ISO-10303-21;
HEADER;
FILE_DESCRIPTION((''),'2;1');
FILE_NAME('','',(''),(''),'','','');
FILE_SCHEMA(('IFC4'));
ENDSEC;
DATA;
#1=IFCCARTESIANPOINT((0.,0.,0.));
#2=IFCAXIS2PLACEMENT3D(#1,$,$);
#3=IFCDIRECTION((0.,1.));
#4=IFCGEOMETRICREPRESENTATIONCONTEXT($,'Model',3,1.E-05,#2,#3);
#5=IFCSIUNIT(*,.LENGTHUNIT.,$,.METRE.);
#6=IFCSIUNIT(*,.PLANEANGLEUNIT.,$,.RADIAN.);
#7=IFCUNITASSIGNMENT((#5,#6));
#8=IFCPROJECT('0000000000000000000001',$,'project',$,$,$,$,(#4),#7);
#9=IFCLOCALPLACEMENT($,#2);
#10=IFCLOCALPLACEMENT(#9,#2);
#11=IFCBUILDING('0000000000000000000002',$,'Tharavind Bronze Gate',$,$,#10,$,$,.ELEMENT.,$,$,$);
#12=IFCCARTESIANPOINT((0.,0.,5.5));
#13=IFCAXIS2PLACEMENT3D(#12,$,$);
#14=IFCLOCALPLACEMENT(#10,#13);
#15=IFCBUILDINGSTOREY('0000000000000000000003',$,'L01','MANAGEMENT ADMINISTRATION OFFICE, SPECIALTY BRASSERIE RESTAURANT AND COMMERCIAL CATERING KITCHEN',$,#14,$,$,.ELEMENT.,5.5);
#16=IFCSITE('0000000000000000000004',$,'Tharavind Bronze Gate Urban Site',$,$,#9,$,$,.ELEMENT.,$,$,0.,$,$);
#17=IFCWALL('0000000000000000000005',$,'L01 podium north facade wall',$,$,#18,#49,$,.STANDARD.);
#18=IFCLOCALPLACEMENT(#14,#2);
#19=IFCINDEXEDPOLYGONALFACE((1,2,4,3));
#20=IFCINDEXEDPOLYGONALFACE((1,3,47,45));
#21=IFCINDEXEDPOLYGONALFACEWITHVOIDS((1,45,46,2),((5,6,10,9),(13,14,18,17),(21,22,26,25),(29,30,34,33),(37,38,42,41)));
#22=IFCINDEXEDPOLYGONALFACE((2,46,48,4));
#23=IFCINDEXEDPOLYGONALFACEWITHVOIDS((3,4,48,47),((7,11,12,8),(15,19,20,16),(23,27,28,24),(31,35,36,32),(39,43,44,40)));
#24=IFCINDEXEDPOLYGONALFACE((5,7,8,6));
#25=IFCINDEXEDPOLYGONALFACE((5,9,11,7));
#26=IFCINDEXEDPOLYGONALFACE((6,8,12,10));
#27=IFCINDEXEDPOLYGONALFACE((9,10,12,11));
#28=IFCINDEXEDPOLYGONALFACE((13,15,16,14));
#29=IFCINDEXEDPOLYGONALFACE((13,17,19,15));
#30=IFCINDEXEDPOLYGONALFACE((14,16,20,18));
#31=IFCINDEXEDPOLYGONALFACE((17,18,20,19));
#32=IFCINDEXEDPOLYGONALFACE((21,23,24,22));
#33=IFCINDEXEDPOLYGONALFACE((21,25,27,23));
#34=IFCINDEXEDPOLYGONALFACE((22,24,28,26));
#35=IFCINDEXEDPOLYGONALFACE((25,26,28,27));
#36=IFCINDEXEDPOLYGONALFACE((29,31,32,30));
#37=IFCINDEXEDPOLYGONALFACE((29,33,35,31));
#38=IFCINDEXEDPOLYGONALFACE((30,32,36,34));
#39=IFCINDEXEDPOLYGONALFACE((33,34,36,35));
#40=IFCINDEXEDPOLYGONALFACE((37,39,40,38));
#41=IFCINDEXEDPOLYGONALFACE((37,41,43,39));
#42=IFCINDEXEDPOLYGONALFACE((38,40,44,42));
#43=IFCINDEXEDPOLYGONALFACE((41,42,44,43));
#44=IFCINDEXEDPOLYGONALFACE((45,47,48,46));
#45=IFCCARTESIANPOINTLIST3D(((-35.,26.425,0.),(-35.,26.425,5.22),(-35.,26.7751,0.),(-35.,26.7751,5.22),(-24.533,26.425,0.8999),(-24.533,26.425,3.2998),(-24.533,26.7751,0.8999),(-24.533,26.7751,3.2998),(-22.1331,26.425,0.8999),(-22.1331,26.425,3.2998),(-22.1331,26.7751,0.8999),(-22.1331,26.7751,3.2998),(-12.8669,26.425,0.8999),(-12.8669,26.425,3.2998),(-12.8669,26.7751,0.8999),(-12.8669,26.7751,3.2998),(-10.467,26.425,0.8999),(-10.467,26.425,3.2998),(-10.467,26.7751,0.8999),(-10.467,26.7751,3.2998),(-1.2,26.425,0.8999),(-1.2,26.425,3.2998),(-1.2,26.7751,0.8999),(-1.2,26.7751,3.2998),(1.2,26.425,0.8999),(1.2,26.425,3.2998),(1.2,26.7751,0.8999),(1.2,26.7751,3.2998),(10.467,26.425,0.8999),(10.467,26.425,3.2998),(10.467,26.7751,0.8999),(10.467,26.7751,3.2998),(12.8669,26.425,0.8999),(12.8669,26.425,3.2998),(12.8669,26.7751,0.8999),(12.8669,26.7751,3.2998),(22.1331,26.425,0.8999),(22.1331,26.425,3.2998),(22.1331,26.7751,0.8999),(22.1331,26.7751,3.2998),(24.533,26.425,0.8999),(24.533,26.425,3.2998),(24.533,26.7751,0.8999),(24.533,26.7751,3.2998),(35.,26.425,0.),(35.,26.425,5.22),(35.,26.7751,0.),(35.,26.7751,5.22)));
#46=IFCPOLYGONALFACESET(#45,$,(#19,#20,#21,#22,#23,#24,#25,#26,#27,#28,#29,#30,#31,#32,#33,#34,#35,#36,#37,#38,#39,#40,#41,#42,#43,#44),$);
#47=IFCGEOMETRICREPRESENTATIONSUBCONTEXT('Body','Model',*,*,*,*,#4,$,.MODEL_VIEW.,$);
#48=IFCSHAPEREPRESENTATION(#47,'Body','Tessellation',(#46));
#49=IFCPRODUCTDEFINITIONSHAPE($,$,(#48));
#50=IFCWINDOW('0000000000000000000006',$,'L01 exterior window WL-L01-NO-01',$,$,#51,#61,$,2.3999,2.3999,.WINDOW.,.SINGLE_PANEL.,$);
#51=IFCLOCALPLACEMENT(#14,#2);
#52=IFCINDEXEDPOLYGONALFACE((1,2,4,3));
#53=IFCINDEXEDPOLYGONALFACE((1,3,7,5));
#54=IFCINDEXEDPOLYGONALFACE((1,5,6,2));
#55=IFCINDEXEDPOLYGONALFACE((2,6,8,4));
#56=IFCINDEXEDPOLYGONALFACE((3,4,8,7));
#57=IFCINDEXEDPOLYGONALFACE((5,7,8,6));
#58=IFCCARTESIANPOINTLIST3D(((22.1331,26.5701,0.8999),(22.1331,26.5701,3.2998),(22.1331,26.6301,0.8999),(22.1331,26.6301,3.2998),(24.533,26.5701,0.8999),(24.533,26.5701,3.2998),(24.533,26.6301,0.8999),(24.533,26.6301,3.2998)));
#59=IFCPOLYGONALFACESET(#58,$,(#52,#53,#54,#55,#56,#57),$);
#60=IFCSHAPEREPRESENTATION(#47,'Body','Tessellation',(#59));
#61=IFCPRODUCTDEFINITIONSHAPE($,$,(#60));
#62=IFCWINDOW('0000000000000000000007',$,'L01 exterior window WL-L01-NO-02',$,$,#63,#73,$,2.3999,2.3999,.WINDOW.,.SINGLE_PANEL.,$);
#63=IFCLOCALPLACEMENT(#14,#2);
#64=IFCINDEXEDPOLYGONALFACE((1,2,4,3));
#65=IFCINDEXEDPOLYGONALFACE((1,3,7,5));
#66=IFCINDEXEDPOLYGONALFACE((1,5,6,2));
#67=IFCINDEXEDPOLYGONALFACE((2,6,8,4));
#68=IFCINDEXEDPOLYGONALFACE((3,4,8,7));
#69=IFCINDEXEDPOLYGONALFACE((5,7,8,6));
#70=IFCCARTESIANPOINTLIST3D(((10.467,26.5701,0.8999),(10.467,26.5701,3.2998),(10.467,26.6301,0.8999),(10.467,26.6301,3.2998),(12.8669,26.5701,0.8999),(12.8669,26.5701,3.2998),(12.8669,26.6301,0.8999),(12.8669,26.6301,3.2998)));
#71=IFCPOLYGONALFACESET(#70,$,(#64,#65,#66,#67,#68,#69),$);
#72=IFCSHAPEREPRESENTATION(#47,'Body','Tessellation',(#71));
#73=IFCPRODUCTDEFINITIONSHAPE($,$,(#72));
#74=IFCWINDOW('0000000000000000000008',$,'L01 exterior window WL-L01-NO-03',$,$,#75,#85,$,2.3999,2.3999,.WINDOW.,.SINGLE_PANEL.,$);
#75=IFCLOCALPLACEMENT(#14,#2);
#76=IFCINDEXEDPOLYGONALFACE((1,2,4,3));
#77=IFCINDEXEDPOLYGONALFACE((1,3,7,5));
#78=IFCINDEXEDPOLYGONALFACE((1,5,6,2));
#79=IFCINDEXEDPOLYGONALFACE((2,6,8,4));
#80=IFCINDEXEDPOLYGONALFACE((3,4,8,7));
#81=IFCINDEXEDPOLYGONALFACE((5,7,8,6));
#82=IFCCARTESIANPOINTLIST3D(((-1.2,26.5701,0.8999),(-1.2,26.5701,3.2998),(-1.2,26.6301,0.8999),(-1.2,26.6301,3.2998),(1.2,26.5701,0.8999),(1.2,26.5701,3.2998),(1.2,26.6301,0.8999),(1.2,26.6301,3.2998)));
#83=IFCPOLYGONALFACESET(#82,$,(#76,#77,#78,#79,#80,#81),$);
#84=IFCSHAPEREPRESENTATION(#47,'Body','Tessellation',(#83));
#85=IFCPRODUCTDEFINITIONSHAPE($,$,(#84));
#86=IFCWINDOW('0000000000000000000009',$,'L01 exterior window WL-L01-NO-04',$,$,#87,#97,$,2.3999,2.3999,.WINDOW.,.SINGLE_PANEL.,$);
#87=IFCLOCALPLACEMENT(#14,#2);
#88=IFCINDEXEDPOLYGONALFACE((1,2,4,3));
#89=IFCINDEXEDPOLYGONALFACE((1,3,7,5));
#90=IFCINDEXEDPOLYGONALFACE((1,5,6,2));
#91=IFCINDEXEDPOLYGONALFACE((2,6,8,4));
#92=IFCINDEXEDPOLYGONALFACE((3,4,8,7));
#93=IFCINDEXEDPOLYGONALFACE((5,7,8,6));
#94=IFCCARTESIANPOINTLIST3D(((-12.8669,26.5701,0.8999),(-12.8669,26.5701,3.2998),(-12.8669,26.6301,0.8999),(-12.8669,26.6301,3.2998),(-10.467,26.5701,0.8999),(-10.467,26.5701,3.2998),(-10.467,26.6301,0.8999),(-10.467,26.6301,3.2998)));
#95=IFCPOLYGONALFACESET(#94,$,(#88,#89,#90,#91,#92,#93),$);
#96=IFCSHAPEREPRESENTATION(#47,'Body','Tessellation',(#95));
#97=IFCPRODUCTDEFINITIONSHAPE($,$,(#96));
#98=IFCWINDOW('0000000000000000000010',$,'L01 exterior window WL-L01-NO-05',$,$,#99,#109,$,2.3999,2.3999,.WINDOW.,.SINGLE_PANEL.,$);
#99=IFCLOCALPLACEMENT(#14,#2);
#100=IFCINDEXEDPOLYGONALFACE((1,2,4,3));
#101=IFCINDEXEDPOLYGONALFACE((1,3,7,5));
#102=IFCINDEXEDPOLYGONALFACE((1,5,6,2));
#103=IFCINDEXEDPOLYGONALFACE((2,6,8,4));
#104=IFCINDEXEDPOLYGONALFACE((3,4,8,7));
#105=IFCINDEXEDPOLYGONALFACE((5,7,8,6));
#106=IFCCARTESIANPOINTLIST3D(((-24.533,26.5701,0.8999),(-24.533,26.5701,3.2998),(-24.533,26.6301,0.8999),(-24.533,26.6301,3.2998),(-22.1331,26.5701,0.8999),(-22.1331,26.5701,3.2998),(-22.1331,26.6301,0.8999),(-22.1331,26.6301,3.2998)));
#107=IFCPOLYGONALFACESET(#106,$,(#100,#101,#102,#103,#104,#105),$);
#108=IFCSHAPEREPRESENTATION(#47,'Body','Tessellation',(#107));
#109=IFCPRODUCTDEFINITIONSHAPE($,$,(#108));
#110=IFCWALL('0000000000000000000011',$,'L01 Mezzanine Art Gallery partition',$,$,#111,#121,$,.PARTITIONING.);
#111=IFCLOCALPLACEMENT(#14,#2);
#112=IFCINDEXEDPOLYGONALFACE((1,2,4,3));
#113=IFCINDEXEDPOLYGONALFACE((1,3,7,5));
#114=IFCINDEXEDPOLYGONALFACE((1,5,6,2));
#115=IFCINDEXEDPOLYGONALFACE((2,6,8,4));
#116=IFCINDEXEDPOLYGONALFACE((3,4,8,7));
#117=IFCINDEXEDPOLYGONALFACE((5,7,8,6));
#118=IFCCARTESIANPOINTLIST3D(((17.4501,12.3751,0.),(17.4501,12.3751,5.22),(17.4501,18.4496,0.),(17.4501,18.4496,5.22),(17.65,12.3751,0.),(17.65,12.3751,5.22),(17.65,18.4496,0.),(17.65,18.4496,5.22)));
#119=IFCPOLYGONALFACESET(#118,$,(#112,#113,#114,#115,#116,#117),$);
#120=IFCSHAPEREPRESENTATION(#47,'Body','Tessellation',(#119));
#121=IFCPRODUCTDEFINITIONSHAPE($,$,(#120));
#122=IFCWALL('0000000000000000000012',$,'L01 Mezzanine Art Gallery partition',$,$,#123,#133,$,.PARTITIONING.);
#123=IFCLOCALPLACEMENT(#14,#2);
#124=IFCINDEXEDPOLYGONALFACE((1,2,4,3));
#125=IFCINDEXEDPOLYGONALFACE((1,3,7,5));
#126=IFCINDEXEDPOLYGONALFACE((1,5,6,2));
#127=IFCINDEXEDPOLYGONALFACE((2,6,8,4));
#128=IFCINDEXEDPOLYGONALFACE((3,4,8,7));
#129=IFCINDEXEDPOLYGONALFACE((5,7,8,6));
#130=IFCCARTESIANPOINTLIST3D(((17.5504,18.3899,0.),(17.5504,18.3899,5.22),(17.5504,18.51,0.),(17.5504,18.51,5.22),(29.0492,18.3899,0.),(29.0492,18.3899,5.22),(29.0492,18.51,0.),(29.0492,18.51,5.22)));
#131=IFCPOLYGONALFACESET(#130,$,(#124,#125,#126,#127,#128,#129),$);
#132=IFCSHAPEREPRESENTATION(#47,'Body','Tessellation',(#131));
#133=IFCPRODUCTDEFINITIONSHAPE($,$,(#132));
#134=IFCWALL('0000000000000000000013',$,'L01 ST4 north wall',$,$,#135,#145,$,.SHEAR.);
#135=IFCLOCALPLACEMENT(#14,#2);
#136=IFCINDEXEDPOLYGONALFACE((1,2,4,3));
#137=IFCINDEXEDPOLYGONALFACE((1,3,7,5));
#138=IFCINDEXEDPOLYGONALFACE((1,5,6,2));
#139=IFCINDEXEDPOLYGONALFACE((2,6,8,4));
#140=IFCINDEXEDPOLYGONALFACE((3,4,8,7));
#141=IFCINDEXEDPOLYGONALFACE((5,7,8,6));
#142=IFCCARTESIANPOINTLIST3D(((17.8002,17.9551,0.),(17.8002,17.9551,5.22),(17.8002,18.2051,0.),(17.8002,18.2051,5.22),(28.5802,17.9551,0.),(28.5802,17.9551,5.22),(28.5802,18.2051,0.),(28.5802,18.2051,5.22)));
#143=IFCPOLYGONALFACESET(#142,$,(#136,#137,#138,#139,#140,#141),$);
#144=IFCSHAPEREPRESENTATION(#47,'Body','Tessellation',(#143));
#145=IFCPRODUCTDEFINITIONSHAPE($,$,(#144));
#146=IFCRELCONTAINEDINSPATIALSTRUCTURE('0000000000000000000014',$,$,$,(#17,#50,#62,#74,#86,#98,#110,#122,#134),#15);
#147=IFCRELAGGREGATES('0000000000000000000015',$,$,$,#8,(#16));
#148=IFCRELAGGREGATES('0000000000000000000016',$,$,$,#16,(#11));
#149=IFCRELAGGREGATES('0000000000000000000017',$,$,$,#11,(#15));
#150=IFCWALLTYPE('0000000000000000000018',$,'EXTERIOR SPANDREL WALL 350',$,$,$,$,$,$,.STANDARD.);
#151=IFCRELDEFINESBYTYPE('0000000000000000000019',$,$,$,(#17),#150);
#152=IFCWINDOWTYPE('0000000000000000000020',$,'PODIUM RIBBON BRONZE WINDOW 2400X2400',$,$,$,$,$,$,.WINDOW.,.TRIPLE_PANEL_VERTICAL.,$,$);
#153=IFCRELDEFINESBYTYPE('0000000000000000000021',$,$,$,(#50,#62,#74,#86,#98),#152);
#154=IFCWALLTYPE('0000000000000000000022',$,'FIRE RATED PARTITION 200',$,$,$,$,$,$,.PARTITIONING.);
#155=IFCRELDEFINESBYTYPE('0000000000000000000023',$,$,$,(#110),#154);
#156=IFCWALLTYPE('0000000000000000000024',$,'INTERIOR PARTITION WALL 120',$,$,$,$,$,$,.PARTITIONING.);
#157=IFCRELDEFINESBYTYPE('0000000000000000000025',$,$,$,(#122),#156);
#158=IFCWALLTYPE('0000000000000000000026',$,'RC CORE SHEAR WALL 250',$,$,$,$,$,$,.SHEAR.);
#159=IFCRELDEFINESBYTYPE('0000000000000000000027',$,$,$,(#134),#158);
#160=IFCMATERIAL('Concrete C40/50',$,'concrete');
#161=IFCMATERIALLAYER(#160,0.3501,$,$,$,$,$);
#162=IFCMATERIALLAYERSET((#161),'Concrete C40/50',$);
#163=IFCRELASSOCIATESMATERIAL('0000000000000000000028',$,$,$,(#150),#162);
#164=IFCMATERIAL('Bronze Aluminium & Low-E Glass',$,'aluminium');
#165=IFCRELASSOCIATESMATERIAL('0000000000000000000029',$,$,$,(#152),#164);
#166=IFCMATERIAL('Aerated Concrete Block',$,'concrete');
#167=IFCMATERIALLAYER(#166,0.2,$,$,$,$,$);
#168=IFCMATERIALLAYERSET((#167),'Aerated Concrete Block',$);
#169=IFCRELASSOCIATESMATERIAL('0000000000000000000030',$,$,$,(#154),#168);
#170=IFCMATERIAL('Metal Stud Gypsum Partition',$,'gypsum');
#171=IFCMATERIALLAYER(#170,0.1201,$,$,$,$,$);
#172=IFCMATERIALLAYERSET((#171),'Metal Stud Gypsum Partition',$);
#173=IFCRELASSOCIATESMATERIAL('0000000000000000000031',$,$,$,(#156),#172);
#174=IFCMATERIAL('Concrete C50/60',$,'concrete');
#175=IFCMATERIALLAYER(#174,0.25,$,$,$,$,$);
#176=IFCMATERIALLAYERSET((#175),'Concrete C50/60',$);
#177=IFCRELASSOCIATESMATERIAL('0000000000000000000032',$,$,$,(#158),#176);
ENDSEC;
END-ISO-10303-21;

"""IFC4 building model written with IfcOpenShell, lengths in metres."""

from ifc_helpers import new_model, si_unit, direction, frame, frame_2d, origin, place, context, subcontext, project, spatial, rectangle, extrude, material, layer, layer_set, type_object, element, fill, save


model = new_model("IFC4")

# Units and contexts
model_context = context("Model", 3, precision=1e-05, world=origin(), true_north=direction((0.0, 1.0)))
body_context = subcontext(model_context, "Body", "Model", "MODEL_VIEW")
ifc_project = project(units=[si_unit("LENGTHUNIT", "METRE"), si_unit("PLANEANGLEUNIT", "RADIAN")], contexts=[model_context])

# Site, building, storey
site_placement = place(None, origin())
site = spatial("IfcSite", under=ifc_project, at=site_placement, Name="Tharavind Bronze Gate Urban Site", CompositionType="ELEMENT", RefElevation=0.0)
building_placement = place(site_placement, origin())
building = spatial("IfcBuilding", under=site, at=building_placement, Name="Tharavind Bronze Gate", CompositionType="ELEMENT")
storey_placement = place(building_placement, frame((0.0, 0.0, 5.5)))
storey = spatial("IfcBuildingStorey", under=building, at=storey_placement, Name="L01", Description="MANAGEMENT ADMINISTRATION OFFICE, SPECIALTY BRASSERIE RESTAURANT AND COMMERCIAL CATERING KITCHEN", CompositionType="ELEMENT", Elevation=5.5)

# Wall, openings, windows
ifc_material_1 = material(Name="Concrete C40/50", Category="concrete")
ifc_layer_1 = layer(ifc_material_1, 0.3501)
ifc_layer_set_1 = layer_set([ifc_layer_1], Name="Concrete C40/50")
wall_type_1 = type_object("IfcWallType", Name="EXTERIOR SPANDREL WALL 350", PredefinedType="STANDARD", material=ifc_layer_set_1)
wall_1_placement = place(storey_placement, frame((35.0, 26.6001, 0.0), z_axis=(0.0, 0.0, 1.0), x_axis=(-1.0, 0.0, 0.0)))
wall_1 = element("IfcWall", 1, at=wall_1_placement, inside=storey, type_object=wall_type_1, Name="L01 podium north facade wall", PredefinedType="STANDARD", context=body_context, shape_type="SweptSolid", body=[
    extrude(rectangle(XDim=70.0, YDim=0.3501, at=frame_2d((35.0, 0.0))), origin(), (0.0, 0.0, 1.0), 5.22),
])
opening_1_placement = place(wall_1_placement, frame((10.467, 0.0, 0.8999)))
opening_1 = element("IfcOpeningElement", 2, at=opening_1_placement, cuts=wall_1, PredefinedType="OPENING", context=body_context, shape_type="SweptSolid", body=[
    extrude(rectangle(XDim=2.3999, YDim=2.3999, at=frame_2d((1.2, 1.2))), frame((0.0, 0.185, 0.0), z_axis=(0.0, -1.0, 0.0), x_axis=(1.0, 0.0, 0.0)), (0.0, 0.0, 1.0), 0.3701),
])
opening_2_placement = place(wall_1_placement, frame((22.1331, 0.0, 0.8999)))
opening_2 = element("IfcOpeningElement", 3, at=opening_2_placement, cuts=wall_1, PredefinedType="OPENING", context=body_context, shape_type="SweptSolid", body=[
    extrude(rectangle(XDim=2.3999, YDim=2.3999, at=frame_2d((1.2, 1.2))), frame((0.0, 0.185, 0.0), z_axis=(0.0, -1.0, 0.0), x_axis=(1.0, 0.0, 0.0)), (0.0, 0.0, 1.0), 0.3701),
])
opening_3_placement = place(wall_1_placement, frame((33.8, 0.0, 0.8999)))
opening_3 = element("IfcOpeningElement", 4, at=opening_3_placement, cuts=wall_1, PredefinedType="OPENING", context=body_context, shape_type="SweptSolid", body=[
    extrude(rectangle(XDim=2.3999, YDim=2.3999, at=frame_2d((1.2, 1.2))), frame((0.0, 0.185, 0.0), z_axis=(0.0, -1.0, 0.0), x_axis=(1.0, 0.0, 0.0)), (0.0, 0.0, 1.0), 0.3701),
])
opening_4_placement = place(wall_1_placement, frame((45.467, 0.0, 0.8999)))
opening_4 = element("IfcOpeningElement", 5, at=opening_4_placement, cuts=wall_1, PredefinedType="OPENING", context=body_context, shape_type="SweptSolid", body=[
    extrude(rectangle(XDim=2.3999, YDim=2.3999, at=frame_2d((1.2, 1.2))), frame((0.0, 0.185, 0.0), z_axis=(0.0, -1.0, 0.0), x_axis=(1.0, 0.0, 0.0)), (0.0, 0.0, 1.0), 0.3701),
])
opening_5_placement = place(wall_1_placement, frame((57.1331, 0.0, 0.8999)))
opening_5 = element("IfcOpeningElement", 6, at=opening_5_placement, cuts=wall_1, PredefinedType="OPENING", context=body_context, shape_type="SweptSolid", body=[
    extrude(rectangle(XDim=2.3999, YDim=2.3999, at=frame_2d((1.2, 1.2))), frame((0.0, 0.185, 0.0), z_axis=(0.0, -1.0, 0.0), x_axis=(1.0, 0.0, 0.0)), (0.0, 0.0, 1.0), 0.3701),
])
ifc_material_2 = material(Name="Bronze Aluminium & Low-E Glass", Category="aluminium")
window_type = type_object("IfcWindowType", Name="PODIUM RIBBON BRONZE WINDOW 2400X2400", PartitioningType="TRIPLE_PANEL_VERTICAL", PredefinedType="WINDOW", material=ifc_material_2)
window_1_placement = place(opening_1_placement, origin())
window_1 = element("IfcWindow", 7, at=window_1_placement, inside=storey, type_object=window_type, Name="L01 exterior window WL-L01-NO-01", OverallHeight=2.3999, OverallWidth=2.3999, PartitioningType="SINGLE_PANEL", PredefinedType="WINDOW", context=body_context, shape_type="SweptSolid", body=[
    extrude(rectangle(XDim=2.3999, YDim=2.3999, at=frame_2d((1.2, 1.2))), frame((0.0, 0.03, 0.0), z_axis=(0.0, -1.0, 0.0), x_axis=(1.0, 0.0, 0.0)), (0.0, 0.0, 1.0), 0.0601),
])
fill(opening_1, window_1)
window_2_placement = place(opening_2_placement, origin())
window_2 = element("IfcWindow", 8, at=window_2_placement, inside=storey, type_object=window_type, Name="L01 exterior window WL-L01-NO-02", OverallHeight=2.3999, OverallWidth=2.3999, PartitioningType="SINGLE_PANEL", PredefinedType="WINDOW", context=body_context, shape_type="SweptSolid", body=[
    extrude(rectangle(XDim=2.3999, YDim=2.3999, at=frame_2d((1.2, 1.2))), frame((0.0, 0.03, 0.0), z_axis=(0.0, -1.0, 0.0), x_axis=(1.0, 0.0, 0.0)), (0.0, 0.0, 1.0), 0.0601),
])
fill(opening_2, window_2)
window_3_placement = place(opening_3_placement, origin())
window_3 = element("IfcWindow", 9, at=window_3_placement, inside=storey, type_object=window_type, Name="L01 exterior window WL-L01-NO-03", OverallHeight=2.3999, OverallWidth=2.3999, PartitioningType="SINGLE_PANEL", PredefinedType="WINDOW", context=body_context, shape_type="SweptSolid", body=[
    extrude(rectangle(XDim=2.3999, YDim=2.3999, at=frame_2d((1.2, 1.2))), frame((0.0, 0.03, 0.0), z_axis=(0.0, -1.0, 0.0), x_axis=(1.0, 0.0, 0.0)), (0.0, 0.0, 1.0), 0.0601),
])
fill(opening_3, window_3)
window_4_placement = place(opening_4_placement, origin())
window_4 = element("IfcWindow", 10, at=window_4_placement, inside=storey, type_object=window_type, Name="L01 exterior window WL-L01-NO-04", OverallHeight=2.3999, OverallWidth=2.3999, PartitioningType="SINGLE_PANEL", PredefinedType="WINDOW", context=body_context, shape_type="SweptSolid", body=[
    extrude(rectangle(XDim=2.3999, YDim=2.3999, at=frame_2d((1.2, 1.2))), frame((0.0, 0.03, 0.0), z_axis=(0.0, -1.0, 0.0), x_axis=(1.0, 0.0, 0.0)), (0.0, 0.0, 1.0), 0.0601),
])
fill(opening_4, window_4)
window_5_placement = place(opening_5_placement, origin())
window_5 = element("IfcWindow", 11, at=window_5_placement, inside=storey, type_object=window_type, Name="L01 exterior window WL-L01-NO-05", OverallHeight=2.3999, OverallWidth=2.3999, PartitioningType="SINGLE_PANEL", PredefinedType="WINDOW", context=body_context, shape_type="SweptSolid", body=[
    extrude(rectangle(XDim=2.3999, YDim=2.3999, at=frame_2d((1.2, 1.2))), frame((0.0, 0.03, 0.0), z_axis=(0.0, -1.0, 0.0), x_axis=(1.0, 0.0, 0.0)), (0.0, 0.0, 1.0), 0.0601),
])
fill(opening_5, window_5)

# Walls
ifc_material_3 = material(Name="Aerated Concrete Block", Category="concrete")
ifc_layer_2 = layer(ifc_material_3, 0.2)
ifc_layer_set_2 = layer_set([ifc_layer_2], Name="Aerated Concrete Block")
wall_type_2 = type_object("IfcWallType", Name="FIRE RATED PARTITION 200", PredefinedType="PARTITIONING", material=ifc_layer_set_2)
wall_2_placement = place(storey_placement, frame((17.55, 18.4495, 0.0), z_axis=(0.0, 0.0, 1.0), x_axis=(0.0, -1.0, 0.0)))
element("IfcWall", 12, at=wall_2_placement, inside=storey, type_object=wall_type_2, Name="L01 Mezzanine Art Gallery partition", PredefinedType="PARTITIONING", context=body_context, shape_type="SweptSolid", body=[
    extrude(rectangle(XDim=6.0745, YDim=0.2, at=frame_2d((3.0371, 0.0))), origin(), (0.0, 0.0, 1.0), 5.22),
])
ifc_material_4 = material(Name="Metal Stud Gypsum Partition", Category="gypsum")
ifc_layer_3 = layer(ifc_material_4, 0.1201)
ifc_layer_set_3 = layer_set([ifc_layer_3], Name="Metal Stud Gypsum Partition")
wall_type_3 = type_object("IfcWallType", Name="INTERIOR PARTITION WALL 120", PredefinedType="PARTITIONING", material=ifc_layer_set_3)
wall_3_placement = place(storey_placement, frame((29.0493, 18.45, 0.0), z_axis=(0.0, 0.0, 1.0), x_axis=(-1.0, 0.0, 0.0)))
element("IfcWall", 13, at=wall_3_placement, inside=storey, type_object=wall_type_3, Name="L01 Mezzanine Art Gallery partition", PredefinedType="PARTITIONING", context=body_context, shape_type="SweptSolid", body=[
    extrude(rectangle(XDim=11.4988, YDim=0.1201, at=frame_2d((5.7495, 0.0))), origin(), (0.0, 0.0, 1.0), 5.22),
])
ifc_material_5 = material(Name="Concrete C50/60", Category="concrete")
ifc_layer_4 = layer(ifc_material_5, 0.25)
ifc_layer_set_4 = layer_set([ifc_layer_4], Name="Concrete C50/60")
wall_type_4 = type_object("IfcWallType", Name="RC CORE SHEAR WALL 250", PredefinedType="SHEAR", material=ifc_layer_set_4)
wall_4_placement = place(storey_placement, frame((17.8, 18.0801, 0.0), z_axis=(0.0, 0.0, 1.0), x_axis=(1.0, 0.0, 0.0)))
element("IfcWall", 14, at=wall_4_placement, inside=storey, type_object=wall_type_4, Name="L01 ST4 north wall", PredefinedType="SHEAR", context=body_context, shape_type="SweptSolid", body=[
    extrude(rectangle(XDim=10.78, YDim=0.25, at=frame_2d((5.3901, 0.0))), origin(), (0.0, 0.0, 1.0), 5.22),
])

save(model, "model.ifc")
